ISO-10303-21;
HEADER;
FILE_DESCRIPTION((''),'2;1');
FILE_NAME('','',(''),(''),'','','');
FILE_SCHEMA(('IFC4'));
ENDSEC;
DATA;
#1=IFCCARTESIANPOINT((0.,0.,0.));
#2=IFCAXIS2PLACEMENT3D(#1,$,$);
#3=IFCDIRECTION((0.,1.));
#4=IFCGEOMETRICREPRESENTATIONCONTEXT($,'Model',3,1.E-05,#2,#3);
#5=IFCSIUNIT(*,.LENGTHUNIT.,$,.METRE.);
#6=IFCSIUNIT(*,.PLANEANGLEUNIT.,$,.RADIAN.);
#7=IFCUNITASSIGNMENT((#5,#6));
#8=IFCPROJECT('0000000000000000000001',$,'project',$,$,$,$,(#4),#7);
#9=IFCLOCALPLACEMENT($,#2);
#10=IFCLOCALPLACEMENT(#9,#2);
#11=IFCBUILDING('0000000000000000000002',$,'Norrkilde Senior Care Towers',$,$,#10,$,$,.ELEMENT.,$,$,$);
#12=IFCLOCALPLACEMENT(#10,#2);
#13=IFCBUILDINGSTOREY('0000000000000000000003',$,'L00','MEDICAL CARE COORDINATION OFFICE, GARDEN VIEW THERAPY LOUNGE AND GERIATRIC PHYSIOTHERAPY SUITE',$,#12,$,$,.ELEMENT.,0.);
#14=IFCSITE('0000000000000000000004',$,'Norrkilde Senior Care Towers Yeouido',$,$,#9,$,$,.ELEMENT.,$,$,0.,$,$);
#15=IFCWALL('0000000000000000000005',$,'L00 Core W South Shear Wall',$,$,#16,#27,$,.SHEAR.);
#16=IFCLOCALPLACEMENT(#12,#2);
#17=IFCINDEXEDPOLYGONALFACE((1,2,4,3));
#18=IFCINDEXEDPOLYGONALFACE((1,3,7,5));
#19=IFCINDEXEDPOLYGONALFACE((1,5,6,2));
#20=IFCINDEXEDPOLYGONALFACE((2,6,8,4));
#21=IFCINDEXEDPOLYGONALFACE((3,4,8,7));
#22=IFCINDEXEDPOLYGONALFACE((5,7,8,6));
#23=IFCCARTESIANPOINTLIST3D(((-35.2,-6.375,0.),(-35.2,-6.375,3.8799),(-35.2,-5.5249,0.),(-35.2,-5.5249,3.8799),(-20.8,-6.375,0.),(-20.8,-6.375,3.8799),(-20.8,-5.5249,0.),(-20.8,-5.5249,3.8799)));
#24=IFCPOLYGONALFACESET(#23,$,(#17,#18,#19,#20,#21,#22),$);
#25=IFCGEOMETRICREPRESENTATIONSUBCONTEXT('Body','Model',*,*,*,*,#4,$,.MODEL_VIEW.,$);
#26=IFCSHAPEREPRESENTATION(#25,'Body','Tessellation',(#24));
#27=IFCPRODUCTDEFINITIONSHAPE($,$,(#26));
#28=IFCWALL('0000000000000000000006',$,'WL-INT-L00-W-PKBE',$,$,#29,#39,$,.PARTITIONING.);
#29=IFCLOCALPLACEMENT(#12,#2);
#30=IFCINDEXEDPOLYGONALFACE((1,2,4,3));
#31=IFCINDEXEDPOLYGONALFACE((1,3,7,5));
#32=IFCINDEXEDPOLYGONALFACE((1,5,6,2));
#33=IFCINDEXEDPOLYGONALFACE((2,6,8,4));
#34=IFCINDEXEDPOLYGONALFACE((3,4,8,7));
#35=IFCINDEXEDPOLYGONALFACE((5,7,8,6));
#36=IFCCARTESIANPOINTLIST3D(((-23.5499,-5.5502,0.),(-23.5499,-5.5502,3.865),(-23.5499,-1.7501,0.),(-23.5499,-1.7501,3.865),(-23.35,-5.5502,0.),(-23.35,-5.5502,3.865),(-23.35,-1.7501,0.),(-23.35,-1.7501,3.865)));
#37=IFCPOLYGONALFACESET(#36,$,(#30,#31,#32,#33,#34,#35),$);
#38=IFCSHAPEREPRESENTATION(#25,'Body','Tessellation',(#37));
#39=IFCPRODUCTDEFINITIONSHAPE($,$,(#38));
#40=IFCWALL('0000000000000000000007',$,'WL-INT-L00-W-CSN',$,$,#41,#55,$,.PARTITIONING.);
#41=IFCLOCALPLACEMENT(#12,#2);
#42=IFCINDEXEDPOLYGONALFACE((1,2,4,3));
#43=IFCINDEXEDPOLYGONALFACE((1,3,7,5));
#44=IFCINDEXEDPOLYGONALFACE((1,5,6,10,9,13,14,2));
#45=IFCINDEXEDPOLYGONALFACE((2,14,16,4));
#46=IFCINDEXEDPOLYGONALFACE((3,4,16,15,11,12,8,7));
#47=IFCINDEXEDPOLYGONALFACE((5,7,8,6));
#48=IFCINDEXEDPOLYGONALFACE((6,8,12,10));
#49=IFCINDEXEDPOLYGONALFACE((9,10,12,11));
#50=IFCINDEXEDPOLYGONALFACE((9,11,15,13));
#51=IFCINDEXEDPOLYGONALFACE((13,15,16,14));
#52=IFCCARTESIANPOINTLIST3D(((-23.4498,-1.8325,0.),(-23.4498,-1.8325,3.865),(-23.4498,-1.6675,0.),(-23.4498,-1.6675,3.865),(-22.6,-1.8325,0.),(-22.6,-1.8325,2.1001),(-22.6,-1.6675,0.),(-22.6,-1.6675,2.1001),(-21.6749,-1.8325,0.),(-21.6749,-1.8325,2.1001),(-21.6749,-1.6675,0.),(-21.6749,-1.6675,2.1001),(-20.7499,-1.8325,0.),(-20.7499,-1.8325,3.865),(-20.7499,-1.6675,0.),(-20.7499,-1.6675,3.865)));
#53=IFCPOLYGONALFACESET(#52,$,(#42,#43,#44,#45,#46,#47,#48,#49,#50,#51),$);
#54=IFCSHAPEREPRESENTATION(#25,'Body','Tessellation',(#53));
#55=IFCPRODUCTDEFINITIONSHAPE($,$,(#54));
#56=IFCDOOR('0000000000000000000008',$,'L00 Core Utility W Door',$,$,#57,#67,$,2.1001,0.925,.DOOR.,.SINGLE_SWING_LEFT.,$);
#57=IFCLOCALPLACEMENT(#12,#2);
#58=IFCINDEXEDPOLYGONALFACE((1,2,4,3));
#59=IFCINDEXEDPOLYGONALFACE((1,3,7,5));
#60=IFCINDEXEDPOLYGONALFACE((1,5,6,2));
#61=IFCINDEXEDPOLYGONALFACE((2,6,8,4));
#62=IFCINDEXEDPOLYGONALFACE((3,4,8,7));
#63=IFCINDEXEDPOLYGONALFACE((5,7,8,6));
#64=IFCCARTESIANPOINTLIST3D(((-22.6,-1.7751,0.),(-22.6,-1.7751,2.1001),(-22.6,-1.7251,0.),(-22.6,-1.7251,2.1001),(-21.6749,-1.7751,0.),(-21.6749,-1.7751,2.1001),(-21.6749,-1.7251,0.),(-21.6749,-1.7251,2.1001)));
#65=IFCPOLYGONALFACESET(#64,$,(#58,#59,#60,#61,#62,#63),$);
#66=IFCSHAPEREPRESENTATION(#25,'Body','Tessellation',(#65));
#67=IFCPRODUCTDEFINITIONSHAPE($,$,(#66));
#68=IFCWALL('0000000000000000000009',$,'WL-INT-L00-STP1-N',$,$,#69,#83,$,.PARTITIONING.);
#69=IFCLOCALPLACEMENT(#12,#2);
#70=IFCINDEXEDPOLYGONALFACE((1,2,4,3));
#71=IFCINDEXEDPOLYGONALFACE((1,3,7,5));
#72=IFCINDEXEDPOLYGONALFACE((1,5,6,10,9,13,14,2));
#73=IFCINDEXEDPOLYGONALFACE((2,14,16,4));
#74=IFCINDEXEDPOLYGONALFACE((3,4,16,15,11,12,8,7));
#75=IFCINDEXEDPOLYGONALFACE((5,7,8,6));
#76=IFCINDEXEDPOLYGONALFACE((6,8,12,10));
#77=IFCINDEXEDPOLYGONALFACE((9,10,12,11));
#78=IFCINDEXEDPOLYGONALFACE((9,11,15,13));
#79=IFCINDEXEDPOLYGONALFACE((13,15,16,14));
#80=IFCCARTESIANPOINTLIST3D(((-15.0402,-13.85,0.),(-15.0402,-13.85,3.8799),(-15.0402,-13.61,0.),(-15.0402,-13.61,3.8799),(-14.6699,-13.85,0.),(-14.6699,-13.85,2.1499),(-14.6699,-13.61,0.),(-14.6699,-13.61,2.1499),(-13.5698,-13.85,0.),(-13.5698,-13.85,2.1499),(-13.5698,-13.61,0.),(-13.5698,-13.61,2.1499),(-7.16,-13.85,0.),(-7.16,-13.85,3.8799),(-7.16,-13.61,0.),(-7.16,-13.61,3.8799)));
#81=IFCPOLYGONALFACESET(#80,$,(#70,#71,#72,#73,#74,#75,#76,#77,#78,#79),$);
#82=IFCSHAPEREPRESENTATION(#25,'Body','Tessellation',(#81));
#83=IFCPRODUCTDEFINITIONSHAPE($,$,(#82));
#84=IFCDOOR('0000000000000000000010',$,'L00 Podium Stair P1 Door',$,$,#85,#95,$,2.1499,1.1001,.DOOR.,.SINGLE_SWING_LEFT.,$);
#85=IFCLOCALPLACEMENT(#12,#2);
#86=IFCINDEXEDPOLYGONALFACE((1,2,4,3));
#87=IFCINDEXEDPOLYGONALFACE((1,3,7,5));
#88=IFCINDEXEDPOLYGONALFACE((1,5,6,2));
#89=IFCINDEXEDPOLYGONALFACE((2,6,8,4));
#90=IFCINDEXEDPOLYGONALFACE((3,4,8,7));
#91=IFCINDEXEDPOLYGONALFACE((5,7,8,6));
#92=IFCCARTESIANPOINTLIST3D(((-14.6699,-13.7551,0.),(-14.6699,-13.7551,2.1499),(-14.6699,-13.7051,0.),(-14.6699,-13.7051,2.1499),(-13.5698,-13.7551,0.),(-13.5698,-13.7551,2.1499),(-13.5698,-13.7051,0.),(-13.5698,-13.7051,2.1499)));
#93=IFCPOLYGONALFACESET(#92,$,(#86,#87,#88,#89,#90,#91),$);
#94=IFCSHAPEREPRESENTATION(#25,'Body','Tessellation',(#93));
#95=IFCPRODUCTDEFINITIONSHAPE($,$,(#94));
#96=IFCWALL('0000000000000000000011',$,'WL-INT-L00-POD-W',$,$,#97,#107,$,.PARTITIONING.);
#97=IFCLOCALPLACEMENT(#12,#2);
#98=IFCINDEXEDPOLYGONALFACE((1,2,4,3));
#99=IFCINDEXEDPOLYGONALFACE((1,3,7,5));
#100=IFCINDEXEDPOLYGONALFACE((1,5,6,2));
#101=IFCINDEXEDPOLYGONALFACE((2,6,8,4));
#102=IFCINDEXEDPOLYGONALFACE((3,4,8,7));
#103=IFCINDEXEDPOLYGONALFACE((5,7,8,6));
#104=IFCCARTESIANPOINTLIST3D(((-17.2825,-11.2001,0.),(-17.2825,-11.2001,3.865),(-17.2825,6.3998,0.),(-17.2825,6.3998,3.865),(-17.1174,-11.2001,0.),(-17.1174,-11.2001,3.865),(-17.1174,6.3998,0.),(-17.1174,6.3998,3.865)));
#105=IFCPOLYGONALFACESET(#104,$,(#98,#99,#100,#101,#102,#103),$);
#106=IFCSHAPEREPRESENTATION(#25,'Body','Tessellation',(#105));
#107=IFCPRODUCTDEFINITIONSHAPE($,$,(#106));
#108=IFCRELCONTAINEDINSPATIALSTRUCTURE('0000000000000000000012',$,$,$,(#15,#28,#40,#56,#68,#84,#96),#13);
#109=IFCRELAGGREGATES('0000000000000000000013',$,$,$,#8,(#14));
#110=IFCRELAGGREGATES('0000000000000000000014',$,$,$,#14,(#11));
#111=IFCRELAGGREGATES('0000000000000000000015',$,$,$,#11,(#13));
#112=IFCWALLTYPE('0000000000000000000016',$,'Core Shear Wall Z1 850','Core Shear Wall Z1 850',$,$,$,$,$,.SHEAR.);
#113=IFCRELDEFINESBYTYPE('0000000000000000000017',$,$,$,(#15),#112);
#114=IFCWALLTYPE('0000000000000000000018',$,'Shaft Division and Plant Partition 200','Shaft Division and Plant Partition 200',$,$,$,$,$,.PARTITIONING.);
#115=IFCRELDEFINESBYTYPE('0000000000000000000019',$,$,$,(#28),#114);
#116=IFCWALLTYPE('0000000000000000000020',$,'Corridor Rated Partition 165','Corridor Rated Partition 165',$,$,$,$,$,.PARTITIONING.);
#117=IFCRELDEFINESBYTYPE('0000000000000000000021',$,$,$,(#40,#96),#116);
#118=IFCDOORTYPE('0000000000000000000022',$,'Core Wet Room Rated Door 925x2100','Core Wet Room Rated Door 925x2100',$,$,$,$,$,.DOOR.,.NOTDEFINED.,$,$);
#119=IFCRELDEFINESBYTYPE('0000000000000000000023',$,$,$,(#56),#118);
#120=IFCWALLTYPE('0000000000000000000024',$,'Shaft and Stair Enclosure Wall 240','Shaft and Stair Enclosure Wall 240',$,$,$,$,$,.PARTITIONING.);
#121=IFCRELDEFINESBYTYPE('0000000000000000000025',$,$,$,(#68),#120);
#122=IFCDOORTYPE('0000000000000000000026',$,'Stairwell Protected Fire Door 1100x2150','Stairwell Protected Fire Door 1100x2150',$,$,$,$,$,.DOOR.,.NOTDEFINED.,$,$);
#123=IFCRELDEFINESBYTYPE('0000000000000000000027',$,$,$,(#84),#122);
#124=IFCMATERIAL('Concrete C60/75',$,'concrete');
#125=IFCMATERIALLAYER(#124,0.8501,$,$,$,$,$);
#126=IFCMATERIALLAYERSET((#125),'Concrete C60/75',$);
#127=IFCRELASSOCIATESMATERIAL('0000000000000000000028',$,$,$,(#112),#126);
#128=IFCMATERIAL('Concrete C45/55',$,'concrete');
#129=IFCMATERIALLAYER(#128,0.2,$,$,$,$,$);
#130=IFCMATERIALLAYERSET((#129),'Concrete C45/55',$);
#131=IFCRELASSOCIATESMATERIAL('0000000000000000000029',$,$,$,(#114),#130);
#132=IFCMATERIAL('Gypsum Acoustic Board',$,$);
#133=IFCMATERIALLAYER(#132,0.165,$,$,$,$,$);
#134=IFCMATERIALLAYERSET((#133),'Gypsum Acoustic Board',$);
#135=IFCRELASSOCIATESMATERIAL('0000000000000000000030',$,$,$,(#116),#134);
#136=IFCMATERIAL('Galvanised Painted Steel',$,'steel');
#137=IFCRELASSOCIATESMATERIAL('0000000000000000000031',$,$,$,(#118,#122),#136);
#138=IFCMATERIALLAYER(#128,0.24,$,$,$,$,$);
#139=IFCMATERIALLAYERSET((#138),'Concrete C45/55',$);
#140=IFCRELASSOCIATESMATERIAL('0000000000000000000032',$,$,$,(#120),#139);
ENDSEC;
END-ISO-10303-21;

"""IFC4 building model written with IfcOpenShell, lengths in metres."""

from ifc_helpers import new_model, si_unit, direction, frame, frame_2d, origin, place, context, subcontext, project, spatial, rectangle, extrude, source, transform, mapped, material, layer, layer_set, type_object, type_shapes, element, fill, save


model = new_model("IFC4")

# Units and contexts
model_context = context("Model", 3, precision=1e-05, world=origin(), true_north=direction((0.0, 1.0)))
body_context = subcontext(model_context, "Body", "Model", "MODEL_VIEW")
ifc_project = project(units=[si_unit("LENGTHUNIT", "METRE"), si_unit("PLANEANGLEUNIT", "RADIAN")], contexts=[model_context])

# Site, building, storey
site_placement = place(None, origin())
site = spatial("IfcSite", under=ifc_project, at=site_placement, Name="Norrkilde Senior Care Towers Yeouido", CompositionType="ELEMENT", RefElevation=0.0)
building_placement = place(site_placement, origin())
building = spatial("IfcBuilding", under=site, at=building_placement, Name="Norrkilde Senior Care Towers", CompositionType="ELEMENT")
storey_placement = place(building_placement, origin())
storey = spatial("IfcBuildingStorey", under=building, at=storey_placement, Name="L00", Description="MEDICAL CARE COORDINATION OFFICE, GARDEN VIEW THERAPY LOUNGE AND GERIATRIC PHYSIOTHERAPY SUITE", CompositionType="ELEMENT", Elevation=0.0)

# Shared definitions
ifc_material_1 = material(Name="Concrete C45/55", Category="concrete")

# Shared definitions
ifc_material_2 = material(Name="Concrete C60/75", Category="concrete")

# Walls
ifc_layer_1 = layer(ifc_material_2, 0.8501)
ifc_layer_set_1 = layer_set([ifc_layer_1], Name="Concrete C60/75")
wall_type_1 = type_object("IfcWallType", Name="Core Shear Wall Z1 850", Description="Core Shear Wall Z1 850", PredefinedType="SHEAR", material=ifc_layer_set_1)
shared_shape_1 = source(origin(), body_context, "Body", "SweptSolid", [
    extrude(rectangle(XDim=14.3999, YDim=0.8501, at=frame_2d((7.2, 0.0))), origin(), (0.0, 0.0, 1.0), 3.8799),
])
type_shapes(wall_type_1, [shared_shape_1])
wall_1_placement = place(storey_placement, frame((-20.8, -5.95, 0.0), z_axis=(0.0, 0.0, 1.0), x_axis=(-1.0, 0.0, 0.0)))
element("IfcWall", 1, at=wall_1_placement, inside=storey, type_object=wall_type_1, Name="L00 Core W South Shear Wall", PredefinedType="SHEAR", context=body_context, shape_type="MappedRepresentation", body=[
    mapped(shared_shape_1, transform((0.0, 0.0, 0.0), x_axis=(1.0, 0.0, 0.0), y_axis=(0.0, 1.0, 0.0), z_axis=(0.0, 0.0, 1.0), scale=1.0)),
])
ifc_layer_2 = layer(ifc_material_1, 0.2)
ifc_layer_set_2 = layer_set([ifc_layer_2], Name="Concrete C45/55")
wall_type_2 = type_object("IfcWallType", Name="Shaft Division and Plant Partition 200", Description="Shaft Division and Plant Partition 200", PredefinedType="PARTITIONING", material=ifc_layer_set_2)
shared_shape_2 = source(origin(), body_context, "Body", "SweptSolid", [
    extrude(rectangle(XDim=3.8, YDim=0.2, at=frame_2d((1.8999, 0.0))), origin(), (0.0, 0.0, 1.0), 3.865),
])
type_shapes(wall_type_2, [shared_shape_2])
wall_2_placement = place(storey_placement, frame((-23.45, -5.55, 0.0), z_axis=(0.0, 0.0, 1.0), x_axis=(0.0, 1.0, 0.0)))
element("IfcWall", 2, at=wall_2_placement, inside=storey, type_object=wall_type_2, Name="WL-INT-L00-W-PKBE", PredefinedType="PARTITIONING", context=body_context, shape_type="MappedRepresentation", body=[
    mapped(shared_shape_2, transform((0.0, 0.0, 0.0), x_axis=(1.0, 0.0, 0.0), y_axis=(0.0, 1.0, 0.0), z_axis=(0.0, 0.0, 1.0), scale=1.0)),
])

# Walls, openings, doors
ifc_material_3 = material(Name="Gypsum Acoustic Board")
ifc_layer_3 = layer(ifc_material_3, 0.165)
ifc_layer_set_3 = layer_set([ifc_layer_3], Name="Gypsum Acoustic Board")
wall_type_3 = type_object("IfcWallType", Name="Corridor Rated Partition 165", Description="Corridor Rated Partition 165", PredefinedType="PARTITIONING", material=ifc_layer_set_3)
shared_shape_3 = source(origin(), body_context, "Body", "SweptSolid", [
    extrude(rectangle(XDim=2.7, YDim=0.165, at=frame_2d((1.3501, 0.0))), origin(), (0.0, 0.0, 1.0), 3.865),
])
wall_3_placement = place(storey_placement, frame((-23.45, -1.75, 0.0), z_axis=(0.0, 0.0, 1.0), x_axis=(1.0, 0.0, 0.0)))
wall_3 = element("IfcWall", 3, at=wall_3_placement, inside=storey, type_object=wall_type_3, Name="WL-INT-L00-W-CSN", PredefinedType="PARTITIONING", context=body_context, shape_type="MappedRepresentation", body=[
    mapped(shared_shape_3, transform((0.0, 0.0, 0.0), x_axis=(1.0, 0.0, 0.0), y_axis=(0.0, 1.0, 0.0), z_axis=(0.0, 0.0, 1.0), scale=1.0)),
])
opening_1_placement = place(wall_3_placement, frame((0.8501, 0.0, 0.0)))
opening_1 = element("IfcOpeningElement", 4, at=opening_1_placement, cuts=wall_3, PredefinedType="OPENING", context=body_context, shape_type="SweptSolid", body=[
    extrude(rectangle(XDim=0.925, YDim=2.1001, at=frame_2d((0.4624, 1.05))), frame((0.0, 0.0925, 0.0), z_axis=(0.0, -1.0, 0.0), x_axis=(1.0, 0.0, 0.0)), (0.0, 0.0, 1.0), 0.1851),
])
ifc_material_4 = material(Name="Galvanised Painted Steel", Category="steel")
door_type_1 = type_object("IfcDoorType", Name="Core Wet Room Rated Door 925x2100", Description="Core Wet Room Rated Door 925x2100", OperationType="NOTDEFINED", PredefinedType="DOOR", material=ifc_material_4)
shared_shape_4 = source(origin(), body_context, "Body", "SweptSolid", [
    extrude(rectangle(XDim=0.925, YDim=2.1001, at=frame_2d((0.4624, 1.05))), frame((0.0, 0.0249, 0.0), z_axis=(0.0, -1.0, 0.0), x_axis=(1.0, 0.0, 0.0)), (0.0, 0.0, 1.0), 0.05),
])
type_shapes(door_type_1, [shared_shape_4])
door_1_placement = place(opening_1_placement, origin())
door_1 = element("IfcDoor", 5, at=door_1_placement, inside=storey, type_object=door_type_1, Name="L00 Core Utility W Door", OperationType="SINGLE_SWING_LEFT", OverallHeight=2.1001, OverallWidth=0.925, PredefinedType="DOOR", context=body_context, shape_type="MappedRepresentation", body=[
    mapped(shared_shape_4, transform((0.0, 0.0, 0.0), x_axis=(1.0, 0.0, 0.0), y_axis=(0.0, 1.0, 0.0), z_axis=(0.0, 0.0, 1.0), scale=1.0)),
])
fill(opening_1, door_1)
ifc_layer_4 = layer(ifc_material_1, 0.24)
ifc_layer_set_4 = layer_set([ifc_layer_4], Name="Concrete C45/55")
wall_type_4 = type_object("IfcWallType", Name="Shaft and Stair Enclosure Wall 240", Description="Shaft and Stair Enclosure Wall 240", PredefinedType="PARTITIONING", material=ifc_layer_set_4)
shared_shape_5 = source(origin(), body_context, "Body", "SweptSolid", [
    extrude(rectangle(XDim=7.8801, YDim=0.24, at=frame_2d((3.9399, 0.0))), origin(), (0.0, 0.0, 1.0), 3.8799),
])
type_shapes(wall_type_4, [shared_shape_5])
wall_4_placement = place(storey_placement, frame((-15.04, -13.73, 0.0), z_axis=(0.0, 0.0, 1.0), x_axis=(1.0, 0.0, 0.0)))
wall_4 = element("IfcWall", 6, at=wall_4_placement, inside=storey, type_object=wall_type_4, Name="WL-INT-L00-STP1-N", PredefinedType="PARTITIONING", context=body_context, shape_type="MappedRepresentation", body=[
    mapped(shared_shape_5, transform((0.0, 0.0, 0.0), x_axis=(1.0, 0.0, 0.0), y_axis=(0.0, 1.0, 0.0), z_axis=(0.0, 0.0, 1.0), scale=1.0)),
])
opening_2_placement = place(wall_4_placement, frame((0.3701, 0.0, 0.0)))
opening_2 = element("IfcOpeningElement", 7, at=opening_2_placement, cuts=wall_4, PredefinedType="OPENING", context=body_context, shape_type="SweptSolid", body=[
    extrude(rectangle(XDim=1.1001, YDim=2.1499, at=frame_2d((0.55, 1.075))), frame((0.0, 0.1299, 0.0), z_axis=(0.0, -1.0, 0.0), x_axis=(1.0, 0.0, 0.0)), (0.0, 0.0, 1.0), 0.26),
])
door_type_2 = type_object("IfcDoorType", Name="Stairwell Protected Fire Door 1100x2150", Description="Stairwell Protected Fire Door 1100x2150", OperationType="NOTDEFINED", PredefinedType="DOOR", material=ifc_material_4)
shared_shape_6 = source(origin(), body_context, "Body", "SweptSolid", [
    extrude(rectangle(XDim=1.1001, YDim=2.1499, at=frame_2d((0.55, 1.075))), frame((0.0, 0.0249, 0.0), z_axis=(0.0, -1.0, 0.0), x_axis=(1.0, 0.0, 0.0)), (0.0, 0.0, 1.0), 0.05),
])
type_shapes(door_type_2, [shared_shape_6])
door_2_placement = place(opening_2_placement, origin())
door_2 = element("IfcDoor", 8, at=door_2_placement, inside=storey, type_object=door_type_2, Name="L00 Podium Stair P1 Door", OperationType="SINGLE_SWING_LEFT", OverallHeight=2.1499, OverallWidth=1.1001, PredefinedType="DOOR", context=body_context, shape_type="MappedRepresentation", body=[
    mapped(shared_shape_6, transform((0.0, 0.0, 0.0), x_axis=(1.0, 0.0, 0.0), y_axis=(0.0, 1.0, 0.0), z_axis=(0.0, 0.0, 1.0), scale=1.0)),
])
fill(opening_2, door_2)

# Wall
shared_shape_7 = source(origin(), body_context, "Body", "SweptSolid", [
    extrude(rectangle(XDim=17.5999, YDim=0.165, at=frame_2d((8.7998, 0.0))), origin(), (0.0, 0.0, 1.0), 3.865),
])
wall_5_placement = place(storey_placement, frame((-17.2, -11.2, 0.0), z_axis=(0.0, 0.0, 1.0), x_axis=(0.0, 1.0, 0.0)))
element("IfcWall", 9, at=wall_5_placement, inside=storey, type_object=wall_type_3, Name="WL-INT-L00-POD-W", PredefinedType="PARTITIONING", context=body_context, shape_type="MappedRepresentation", body=[
    mapped(shared_shape_7, transform((0.0, 0.0, 0.0), x_axis=(1.0, 0.0, 0.0), y_axis=(0.0, 1.0, 0.0), z_axis=(0.0, 0.0, 1.0), scale=1.0)),
])

save(model, "model.ifc")
